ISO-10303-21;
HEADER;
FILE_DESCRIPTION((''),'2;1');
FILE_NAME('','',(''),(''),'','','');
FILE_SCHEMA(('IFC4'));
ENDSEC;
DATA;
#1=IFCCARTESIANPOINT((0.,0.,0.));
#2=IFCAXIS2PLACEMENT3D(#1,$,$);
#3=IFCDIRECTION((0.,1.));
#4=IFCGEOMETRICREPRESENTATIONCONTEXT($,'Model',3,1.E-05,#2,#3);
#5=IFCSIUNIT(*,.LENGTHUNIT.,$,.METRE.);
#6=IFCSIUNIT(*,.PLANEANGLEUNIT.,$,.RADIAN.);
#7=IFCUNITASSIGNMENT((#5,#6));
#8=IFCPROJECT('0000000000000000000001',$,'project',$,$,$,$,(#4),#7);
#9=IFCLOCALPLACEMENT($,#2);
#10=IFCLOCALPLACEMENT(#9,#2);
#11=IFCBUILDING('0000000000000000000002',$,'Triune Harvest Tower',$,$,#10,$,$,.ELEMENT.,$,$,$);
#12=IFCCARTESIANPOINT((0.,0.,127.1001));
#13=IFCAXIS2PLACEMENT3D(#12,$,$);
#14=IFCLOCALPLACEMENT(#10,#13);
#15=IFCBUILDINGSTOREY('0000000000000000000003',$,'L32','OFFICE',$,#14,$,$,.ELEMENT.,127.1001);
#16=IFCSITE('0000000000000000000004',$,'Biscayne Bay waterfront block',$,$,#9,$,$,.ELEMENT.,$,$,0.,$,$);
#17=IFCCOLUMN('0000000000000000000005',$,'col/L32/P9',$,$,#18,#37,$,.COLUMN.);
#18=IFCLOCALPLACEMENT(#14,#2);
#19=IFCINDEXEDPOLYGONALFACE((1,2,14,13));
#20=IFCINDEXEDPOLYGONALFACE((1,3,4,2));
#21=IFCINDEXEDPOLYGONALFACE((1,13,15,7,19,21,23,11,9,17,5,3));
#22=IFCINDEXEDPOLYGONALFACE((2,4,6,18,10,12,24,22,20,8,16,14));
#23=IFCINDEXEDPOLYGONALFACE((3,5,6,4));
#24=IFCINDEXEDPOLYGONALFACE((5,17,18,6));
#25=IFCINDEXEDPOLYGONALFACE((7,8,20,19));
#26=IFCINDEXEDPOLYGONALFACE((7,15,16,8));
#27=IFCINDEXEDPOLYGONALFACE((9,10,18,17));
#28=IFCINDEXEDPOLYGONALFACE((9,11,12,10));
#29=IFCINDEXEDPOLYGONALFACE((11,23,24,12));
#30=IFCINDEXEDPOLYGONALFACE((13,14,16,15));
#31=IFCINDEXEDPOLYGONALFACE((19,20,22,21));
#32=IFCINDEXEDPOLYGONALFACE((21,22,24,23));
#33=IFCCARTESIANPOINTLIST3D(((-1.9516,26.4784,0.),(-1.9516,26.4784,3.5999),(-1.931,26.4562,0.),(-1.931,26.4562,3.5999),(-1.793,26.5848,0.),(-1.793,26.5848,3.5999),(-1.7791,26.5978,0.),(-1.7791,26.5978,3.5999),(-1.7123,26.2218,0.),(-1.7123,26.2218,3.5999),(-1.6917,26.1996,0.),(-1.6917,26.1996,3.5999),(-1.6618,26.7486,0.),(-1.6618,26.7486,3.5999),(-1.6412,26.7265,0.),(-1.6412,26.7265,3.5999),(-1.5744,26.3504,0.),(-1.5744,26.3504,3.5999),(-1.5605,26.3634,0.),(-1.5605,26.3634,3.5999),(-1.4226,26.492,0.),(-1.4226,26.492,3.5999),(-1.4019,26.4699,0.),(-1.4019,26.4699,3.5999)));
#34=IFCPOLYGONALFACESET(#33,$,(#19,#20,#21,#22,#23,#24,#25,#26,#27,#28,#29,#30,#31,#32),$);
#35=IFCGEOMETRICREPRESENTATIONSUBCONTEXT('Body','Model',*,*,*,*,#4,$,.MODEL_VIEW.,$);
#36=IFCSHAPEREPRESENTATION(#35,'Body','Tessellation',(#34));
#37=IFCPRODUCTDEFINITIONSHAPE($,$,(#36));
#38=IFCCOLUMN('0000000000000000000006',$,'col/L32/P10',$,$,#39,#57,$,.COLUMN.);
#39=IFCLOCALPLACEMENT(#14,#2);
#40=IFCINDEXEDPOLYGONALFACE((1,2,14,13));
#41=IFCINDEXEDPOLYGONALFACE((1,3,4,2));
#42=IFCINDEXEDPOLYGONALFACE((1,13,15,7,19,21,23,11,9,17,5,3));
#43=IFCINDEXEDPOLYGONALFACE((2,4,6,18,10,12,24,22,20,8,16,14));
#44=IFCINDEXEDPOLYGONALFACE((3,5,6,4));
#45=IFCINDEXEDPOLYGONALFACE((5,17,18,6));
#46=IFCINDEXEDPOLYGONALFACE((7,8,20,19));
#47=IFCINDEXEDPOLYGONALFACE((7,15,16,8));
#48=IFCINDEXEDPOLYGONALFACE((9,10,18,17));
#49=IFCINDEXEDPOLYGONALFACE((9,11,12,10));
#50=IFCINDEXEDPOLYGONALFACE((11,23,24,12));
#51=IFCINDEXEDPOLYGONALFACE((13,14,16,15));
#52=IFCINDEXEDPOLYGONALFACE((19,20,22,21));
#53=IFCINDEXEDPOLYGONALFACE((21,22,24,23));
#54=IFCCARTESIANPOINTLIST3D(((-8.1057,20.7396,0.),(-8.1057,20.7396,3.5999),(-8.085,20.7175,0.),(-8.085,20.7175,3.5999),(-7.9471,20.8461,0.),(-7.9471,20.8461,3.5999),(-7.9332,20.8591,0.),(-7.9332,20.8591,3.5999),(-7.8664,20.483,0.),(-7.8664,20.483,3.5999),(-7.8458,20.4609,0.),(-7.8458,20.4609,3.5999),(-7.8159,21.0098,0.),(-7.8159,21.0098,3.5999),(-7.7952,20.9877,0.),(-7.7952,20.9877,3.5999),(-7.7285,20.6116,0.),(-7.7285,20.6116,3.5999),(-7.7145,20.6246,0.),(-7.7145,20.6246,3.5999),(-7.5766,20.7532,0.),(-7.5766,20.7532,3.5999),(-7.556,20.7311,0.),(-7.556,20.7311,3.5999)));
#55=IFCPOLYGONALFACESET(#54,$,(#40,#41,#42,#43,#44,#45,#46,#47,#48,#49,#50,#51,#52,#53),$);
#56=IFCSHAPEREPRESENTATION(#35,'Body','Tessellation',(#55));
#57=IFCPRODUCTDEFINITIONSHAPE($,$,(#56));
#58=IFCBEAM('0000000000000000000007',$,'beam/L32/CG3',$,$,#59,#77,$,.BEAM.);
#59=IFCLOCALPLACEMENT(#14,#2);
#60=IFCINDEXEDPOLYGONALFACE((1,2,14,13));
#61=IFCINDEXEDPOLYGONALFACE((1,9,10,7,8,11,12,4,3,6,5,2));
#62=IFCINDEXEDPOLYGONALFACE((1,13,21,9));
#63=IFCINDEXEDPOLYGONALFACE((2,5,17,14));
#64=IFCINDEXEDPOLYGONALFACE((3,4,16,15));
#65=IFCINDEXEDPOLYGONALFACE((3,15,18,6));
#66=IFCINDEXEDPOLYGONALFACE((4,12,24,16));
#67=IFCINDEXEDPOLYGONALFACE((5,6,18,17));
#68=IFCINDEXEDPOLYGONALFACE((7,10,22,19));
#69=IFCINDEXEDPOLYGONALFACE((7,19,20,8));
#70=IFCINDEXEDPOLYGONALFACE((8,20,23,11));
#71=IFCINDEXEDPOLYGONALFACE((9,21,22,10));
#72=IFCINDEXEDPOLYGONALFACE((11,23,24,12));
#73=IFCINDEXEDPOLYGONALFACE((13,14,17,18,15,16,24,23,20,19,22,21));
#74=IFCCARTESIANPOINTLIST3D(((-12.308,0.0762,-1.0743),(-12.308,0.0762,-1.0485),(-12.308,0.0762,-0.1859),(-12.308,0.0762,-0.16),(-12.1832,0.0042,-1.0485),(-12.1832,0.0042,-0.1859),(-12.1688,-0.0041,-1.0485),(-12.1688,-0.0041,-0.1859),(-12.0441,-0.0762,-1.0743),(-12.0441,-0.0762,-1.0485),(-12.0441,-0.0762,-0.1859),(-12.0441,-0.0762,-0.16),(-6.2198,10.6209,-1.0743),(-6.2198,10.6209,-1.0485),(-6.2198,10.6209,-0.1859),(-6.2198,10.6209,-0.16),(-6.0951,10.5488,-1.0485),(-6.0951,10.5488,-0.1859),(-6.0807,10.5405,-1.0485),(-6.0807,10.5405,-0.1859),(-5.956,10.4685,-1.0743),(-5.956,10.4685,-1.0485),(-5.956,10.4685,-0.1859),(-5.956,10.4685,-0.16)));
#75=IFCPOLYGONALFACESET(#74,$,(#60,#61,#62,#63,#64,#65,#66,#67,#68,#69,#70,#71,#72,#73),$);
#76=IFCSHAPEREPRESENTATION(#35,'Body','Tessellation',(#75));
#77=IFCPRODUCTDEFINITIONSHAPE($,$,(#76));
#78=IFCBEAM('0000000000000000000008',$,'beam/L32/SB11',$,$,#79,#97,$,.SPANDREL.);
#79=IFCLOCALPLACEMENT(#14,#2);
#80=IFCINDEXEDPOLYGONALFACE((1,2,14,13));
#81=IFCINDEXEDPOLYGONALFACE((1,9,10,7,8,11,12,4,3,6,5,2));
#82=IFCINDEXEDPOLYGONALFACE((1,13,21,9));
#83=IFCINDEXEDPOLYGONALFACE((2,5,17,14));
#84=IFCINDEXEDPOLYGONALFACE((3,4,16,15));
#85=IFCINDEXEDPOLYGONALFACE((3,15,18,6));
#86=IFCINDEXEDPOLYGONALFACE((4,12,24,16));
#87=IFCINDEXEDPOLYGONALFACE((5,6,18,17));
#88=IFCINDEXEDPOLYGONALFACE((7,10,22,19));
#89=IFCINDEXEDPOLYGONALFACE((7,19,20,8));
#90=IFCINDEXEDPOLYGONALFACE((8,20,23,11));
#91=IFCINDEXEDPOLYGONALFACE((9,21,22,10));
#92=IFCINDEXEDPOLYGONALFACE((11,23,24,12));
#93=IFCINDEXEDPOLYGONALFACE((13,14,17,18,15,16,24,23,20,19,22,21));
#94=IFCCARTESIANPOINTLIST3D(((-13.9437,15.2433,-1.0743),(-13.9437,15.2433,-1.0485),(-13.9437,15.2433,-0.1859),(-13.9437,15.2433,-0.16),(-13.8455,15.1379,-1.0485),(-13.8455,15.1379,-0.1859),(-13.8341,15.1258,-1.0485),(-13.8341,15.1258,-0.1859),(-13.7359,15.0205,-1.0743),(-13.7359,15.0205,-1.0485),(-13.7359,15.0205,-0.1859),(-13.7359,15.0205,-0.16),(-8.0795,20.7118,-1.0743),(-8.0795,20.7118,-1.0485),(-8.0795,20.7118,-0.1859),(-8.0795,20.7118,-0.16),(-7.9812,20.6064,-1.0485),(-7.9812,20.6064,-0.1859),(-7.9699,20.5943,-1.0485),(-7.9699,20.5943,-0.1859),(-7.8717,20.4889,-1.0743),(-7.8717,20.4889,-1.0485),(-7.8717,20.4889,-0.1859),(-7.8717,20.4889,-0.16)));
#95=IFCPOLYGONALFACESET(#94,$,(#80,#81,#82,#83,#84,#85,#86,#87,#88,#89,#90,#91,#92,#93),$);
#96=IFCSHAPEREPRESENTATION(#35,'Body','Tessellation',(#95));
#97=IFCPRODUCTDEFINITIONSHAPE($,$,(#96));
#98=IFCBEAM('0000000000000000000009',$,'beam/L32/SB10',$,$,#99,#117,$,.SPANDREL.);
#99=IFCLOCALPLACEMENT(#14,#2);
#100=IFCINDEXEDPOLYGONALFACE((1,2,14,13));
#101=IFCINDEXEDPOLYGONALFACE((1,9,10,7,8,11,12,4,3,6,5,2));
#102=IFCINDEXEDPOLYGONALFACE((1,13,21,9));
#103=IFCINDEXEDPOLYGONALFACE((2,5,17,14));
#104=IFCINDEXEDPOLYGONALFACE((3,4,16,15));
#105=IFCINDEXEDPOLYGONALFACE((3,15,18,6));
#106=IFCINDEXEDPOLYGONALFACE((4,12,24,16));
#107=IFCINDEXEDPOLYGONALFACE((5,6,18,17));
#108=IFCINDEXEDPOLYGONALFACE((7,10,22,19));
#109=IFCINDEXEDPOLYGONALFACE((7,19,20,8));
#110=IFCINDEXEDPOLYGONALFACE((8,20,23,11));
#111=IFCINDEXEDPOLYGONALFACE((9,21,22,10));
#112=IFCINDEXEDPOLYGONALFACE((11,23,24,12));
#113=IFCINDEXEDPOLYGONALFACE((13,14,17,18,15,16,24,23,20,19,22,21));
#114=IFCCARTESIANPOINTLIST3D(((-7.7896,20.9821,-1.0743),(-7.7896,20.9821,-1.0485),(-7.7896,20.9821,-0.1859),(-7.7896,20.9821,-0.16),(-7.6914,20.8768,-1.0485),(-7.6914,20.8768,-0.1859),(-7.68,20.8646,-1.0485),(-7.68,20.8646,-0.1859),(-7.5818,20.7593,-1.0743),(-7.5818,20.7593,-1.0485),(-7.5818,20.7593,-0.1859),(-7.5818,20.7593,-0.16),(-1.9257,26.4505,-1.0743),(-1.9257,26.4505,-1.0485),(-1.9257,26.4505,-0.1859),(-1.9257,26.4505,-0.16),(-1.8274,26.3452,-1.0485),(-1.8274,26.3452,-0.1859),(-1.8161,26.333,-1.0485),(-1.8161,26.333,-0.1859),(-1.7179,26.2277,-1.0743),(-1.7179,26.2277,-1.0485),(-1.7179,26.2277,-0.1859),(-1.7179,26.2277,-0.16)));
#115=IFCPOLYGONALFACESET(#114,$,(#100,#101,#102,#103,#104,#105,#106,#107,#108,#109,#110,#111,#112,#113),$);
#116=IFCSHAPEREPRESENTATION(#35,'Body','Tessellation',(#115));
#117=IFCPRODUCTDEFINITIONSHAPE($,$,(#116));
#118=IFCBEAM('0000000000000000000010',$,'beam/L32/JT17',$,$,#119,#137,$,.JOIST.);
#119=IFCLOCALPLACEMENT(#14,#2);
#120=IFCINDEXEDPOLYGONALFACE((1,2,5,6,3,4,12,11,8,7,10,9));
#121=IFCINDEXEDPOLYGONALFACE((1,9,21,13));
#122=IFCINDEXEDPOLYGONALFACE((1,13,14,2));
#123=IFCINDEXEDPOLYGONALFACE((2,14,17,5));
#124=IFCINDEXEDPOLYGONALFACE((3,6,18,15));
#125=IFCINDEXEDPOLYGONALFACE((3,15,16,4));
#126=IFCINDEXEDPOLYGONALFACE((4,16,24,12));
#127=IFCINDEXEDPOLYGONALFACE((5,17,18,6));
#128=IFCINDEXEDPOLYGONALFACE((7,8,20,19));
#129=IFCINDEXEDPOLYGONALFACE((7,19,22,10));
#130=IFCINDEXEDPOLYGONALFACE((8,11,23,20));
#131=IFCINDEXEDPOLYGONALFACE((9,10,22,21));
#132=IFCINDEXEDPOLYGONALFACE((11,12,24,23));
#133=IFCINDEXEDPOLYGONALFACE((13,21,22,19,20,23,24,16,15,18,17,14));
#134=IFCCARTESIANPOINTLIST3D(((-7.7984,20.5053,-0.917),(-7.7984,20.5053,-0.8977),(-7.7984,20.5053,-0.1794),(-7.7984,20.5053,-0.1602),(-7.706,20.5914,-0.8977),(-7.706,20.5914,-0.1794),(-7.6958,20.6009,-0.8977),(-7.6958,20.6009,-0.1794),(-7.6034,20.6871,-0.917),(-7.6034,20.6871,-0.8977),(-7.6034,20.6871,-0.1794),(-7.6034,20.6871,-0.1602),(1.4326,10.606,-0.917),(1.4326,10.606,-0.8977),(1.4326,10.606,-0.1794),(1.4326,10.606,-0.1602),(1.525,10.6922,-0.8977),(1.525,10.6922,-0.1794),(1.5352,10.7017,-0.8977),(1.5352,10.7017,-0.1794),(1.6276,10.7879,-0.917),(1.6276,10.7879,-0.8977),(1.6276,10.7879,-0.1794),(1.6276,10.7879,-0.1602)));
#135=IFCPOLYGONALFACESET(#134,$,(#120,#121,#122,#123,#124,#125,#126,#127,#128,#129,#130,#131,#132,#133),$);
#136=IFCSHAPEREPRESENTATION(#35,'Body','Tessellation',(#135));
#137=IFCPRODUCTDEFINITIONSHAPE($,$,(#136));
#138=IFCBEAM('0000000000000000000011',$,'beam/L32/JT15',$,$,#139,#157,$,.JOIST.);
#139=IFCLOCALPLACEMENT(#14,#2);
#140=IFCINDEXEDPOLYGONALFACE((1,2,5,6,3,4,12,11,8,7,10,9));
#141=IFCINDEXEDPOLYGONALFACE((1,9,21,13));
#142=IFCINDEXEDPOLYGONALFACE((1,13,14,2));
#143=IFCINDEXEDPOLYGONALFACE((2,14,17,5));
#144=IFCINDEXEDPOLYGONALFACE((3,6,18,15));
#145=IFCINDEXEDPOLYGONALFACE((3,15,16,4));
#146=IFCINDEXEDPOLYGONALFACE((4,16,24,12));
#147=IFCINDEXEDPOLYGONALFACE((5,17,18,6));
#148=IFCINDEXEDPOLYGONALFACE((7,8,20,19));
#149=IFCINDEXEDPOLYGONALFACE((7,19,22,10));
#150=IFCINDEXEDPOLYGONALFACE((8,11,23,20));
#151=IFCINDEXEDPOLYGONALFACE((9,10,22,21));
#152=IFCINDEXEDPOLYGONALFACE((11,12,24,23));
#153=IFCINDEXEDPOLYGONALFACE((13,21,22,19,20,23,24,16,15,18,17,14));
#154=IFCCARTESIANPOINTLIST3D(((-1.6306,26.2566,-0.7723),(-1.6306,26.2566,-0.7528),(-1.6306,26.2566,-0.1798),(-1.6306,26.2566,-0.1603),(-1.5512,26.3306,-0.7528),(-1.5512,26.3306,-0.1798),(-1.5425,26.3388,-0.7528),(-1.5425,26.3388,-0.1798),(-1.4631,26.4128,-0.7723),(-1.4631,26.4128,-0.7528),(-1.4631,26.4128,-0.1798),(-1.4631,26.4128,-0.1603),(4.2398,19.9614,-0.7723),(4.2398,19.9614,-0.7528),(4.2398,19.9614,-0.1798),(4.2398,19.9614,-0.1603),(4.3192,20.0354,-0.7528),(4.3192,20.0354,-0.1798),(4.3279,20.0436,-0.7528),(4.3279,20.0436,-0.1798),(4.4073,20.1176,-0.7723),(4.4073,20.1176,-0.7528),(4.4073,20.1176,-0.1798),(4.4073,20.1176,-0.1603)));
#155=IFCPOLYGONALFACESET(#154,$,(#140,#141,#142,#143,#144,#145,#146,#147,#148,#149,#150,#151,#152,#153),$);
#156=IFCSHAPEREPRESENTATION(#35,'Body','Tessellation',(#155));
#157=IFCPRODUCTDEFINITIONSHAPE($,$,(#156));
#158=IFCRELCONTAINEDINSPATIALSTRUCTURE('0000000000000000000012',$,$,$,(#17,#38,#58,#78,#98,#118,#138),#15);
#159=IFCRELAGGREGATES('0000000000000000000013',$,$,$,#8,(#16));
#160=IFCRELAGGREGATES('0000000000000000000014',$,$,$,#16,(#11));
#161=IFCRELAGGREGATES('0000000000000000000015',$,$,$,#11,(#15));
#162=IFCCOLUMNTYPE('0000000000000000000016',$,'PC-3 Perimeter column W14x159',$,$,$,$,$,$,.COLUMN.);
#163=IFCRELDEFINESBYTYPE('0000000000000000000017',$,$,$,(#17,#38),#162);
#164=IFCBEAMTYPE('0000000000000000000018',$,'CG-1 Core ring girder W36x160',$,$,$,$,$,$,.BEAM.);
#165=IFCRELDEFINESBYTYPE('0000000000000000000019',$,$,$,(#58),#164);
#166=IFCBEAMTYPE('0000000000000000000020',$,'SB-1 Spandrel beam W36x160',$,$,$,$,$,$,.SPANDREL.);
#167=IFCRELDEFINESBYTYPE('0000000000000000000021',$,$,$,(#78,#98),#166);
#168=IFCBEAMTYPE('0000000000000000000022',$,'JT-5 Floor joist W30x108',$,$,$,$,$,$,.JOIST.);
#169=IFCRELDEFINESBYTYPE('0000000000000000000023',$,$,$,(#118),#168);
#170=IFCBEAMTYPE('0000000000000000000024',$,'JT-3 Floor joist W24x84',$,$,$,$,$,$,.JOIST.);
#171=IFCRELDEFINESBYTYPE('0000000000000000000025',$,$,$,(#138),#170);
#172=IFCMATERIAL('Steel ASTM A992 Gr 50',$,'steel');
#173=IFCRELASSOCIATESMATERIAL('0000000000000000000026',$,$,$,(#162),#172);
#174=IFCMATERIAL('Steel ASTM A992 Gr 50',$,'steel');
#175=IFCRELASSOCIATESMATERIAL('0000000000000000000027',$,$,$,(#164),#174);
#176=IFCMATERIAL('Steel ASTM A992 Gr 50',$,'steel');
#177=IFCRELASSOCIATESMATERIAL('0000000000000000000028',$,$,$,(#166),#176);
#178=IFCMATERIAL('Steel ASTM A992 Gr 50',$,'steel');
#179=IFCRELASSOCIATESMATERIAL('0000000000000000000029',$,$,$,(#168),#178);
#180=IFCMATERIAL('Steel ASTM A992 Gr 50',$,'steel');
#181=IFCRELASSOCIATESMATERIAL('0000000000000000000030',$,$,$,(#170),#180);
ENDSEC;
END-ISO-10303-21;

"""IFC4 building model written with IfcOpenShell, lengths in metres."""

from ifc_helpers import new_model, si_unit, direction, frame, origin, origin_2d, place, context, subcontext, project, spatial, i_section, extrude, source, transform, mapped, material, material_profile, profile_set, type_object, element, save


model = new_model("IFC4")

# Units and contexts
model_context = context("Model", 3, precision=1e-05, world=origin(), true_north=direction((0.0, 1.0)))
body_context = subcontext(model_context, "Body", "Model", "MODEL_VIEW")
ifc_project = project(units=[si_unit("LENGTHUNIT", "METRE"), si_unit("PLANEANGLEUNIT", "RADIAN")], contexts=[model_context])

# Site, building, storey
site_placement = place(None, origin())
site = spatial("IfcSite", under=ifc_project, at=site_placement, Name="Biscayne Bay waterfront block", CompositionType="ELEMENT", RefElevation=0.0)
building_placement = place(site_placement, origin())
building = spatial("IfcBuilding", under=site, at=building_placement, Name="Triune Harvest Tower", CompositionType="ELEMENT")
storey_placement = place(building_placement, frame((0.0, 0.0, 127.1001)))
storey = spatial("IfcBuildingStorey", under=building, at=storey_placement, Name="L32", Description="OFFICE", CompositionType="ELEMENT", Elevation=127.1001)

# Columns
ifc_material_1 = material(Name="Steel ASTM A992 Gr 50", Category="steel")
ifc_material_profile_1 = material_profile(ifc_material_1, i_section(OverallWidth=0.3962, OverallDepth=0.3811, WebThickness=0.019, FlangeThickness=0.0303, at=origin_2d()), Name="W14x159")
ifc_profile_set_1 = profile_set([ifc_material_profile_1], Name="Steel ASTM A992 Gr 50")
column_type = type_object("IfcColumnType", Name="PC-3 Perimeter column W14x159", PredefinedType="COLUMN", material=ifc_profile_set_1)
shared_shape_1 = source(origin(), body_context, "Body", "SweptSolid", [
    extrude(i_section(OverallWidth=0.3962, OverallDepth=0.3811, WebThickness=0.019, FlangeThickness=0.0303, at=origin_2d()), origin(), (0.0, 0.0, 1.0), 3.5999),
])
for number, where, z_axis, x_axis, name in (
    (1, (-1.6768, 26.4741, 0.0), (0.0, 0.0, 1.0), (-0.731355, -0.681997, 0.0), "col/L32/P9"),
    (2, (-7.8308, 20.7354, 0.0), (0.0, 0.0, 1.0), (-0.731355, -0.681997, 0.0), "col/L32/P10"),
):
    element("IfcColumn", number, at=place(storey_placement, frame(where, z_axis=z_axis, x_axis=x_axis)), inside=storey, type_object=column_type, Name=name, PredefinedType="COLUMN", context=body_context, shape_type="MappedRepresentation", body=[
        mapped(shared_shape_1, transform((0.0, 0.0, 0.0), scale=1.0)),
    ])

# Beams
ifc_material_2 = material(Name="Steel ASTM A992 Gr 50", Category="steel")
ifc_material_profile_2 = material_profile(ifc_material_2, i_section(OverallWidth=0.3047, OverallDepth=0.9143, WebThickness=0.0166, FlangeThickness=0.0259, at=origin_2d()), Name="W36x160")
ifc_profile_set_2 = profile_set([ifc_material_profile_2], Name="Steel ASTM A992 Gr 50")
beam_type_1 = type_object("IfcBeamType", Name="CG-1 Core ring girder W36x160", PredefinedType="BEAM", material=ifc_profile_set_2)
shared_shape_2 = source(origin(), body_context, "Body", "SweptSolid", [
    extrude(i_section(OverallWidth=0.3047, OverallDepth=0.9143, WebThickness=0.0166, FlangeThickness=0.0259, at=origin_2d()), origin(), (0.0, 0.0, 1.0), 12.176),
])
beam_1_placement = place(storey_placement, frame((-6.0879, 10.5447, -0.6172), z_axis=(-0.50001, -0.86602, 0.0), x_axis=(0.86602, -0.50001, 0.0)))
element("IfcBeam", 3, at=beam_1_placement, inside=storey, type_object=beam_type_1, Name="beam/L32/CG3", PredefinedType="BEAM", context=body_context, shape_type="MappedRepresentation", body=[
    mapped(shared_shape_2, transform((0.0, 0.0, 0.0), scale=1.0)),
])
ifc_material_3 = material(Name="Steel ASTM A992 Gr 50", Category="steel")
ifc_material_profile_3 = material_profile(ifc_material_3, i_section(OverallWidth=0.3047, OverallDepth=0.9143, WebThickness=0.0166, FlangeThickness=0.0259, at=origin_2d()), Name="W36x160")
ifc_profile_set_3 = profile_set([ifc_material_profile_3], Name="Steel ASTM A992 Gr 50")
beam_type_2 = type_object("IfcBeamType", Name="SB-1 Spandrel beam W36x160", PredefinedType="SPANDREL", material=ifc_profile_set_3)
shared_shape_3 = source(origin(), body_context, "Body", "SweptSolid", [
    extrude(i_section(OverallWidth=0.3047, OverallDepth=0.9143, WebThickness=0.0166, FlangeThickness=0.0259, at=origin_2d()), origin(), (0.0, 0.0, 1.0), 8.0183),
])
beam_2_placement = place(storey_placement, frame((-7.9756, 20.6003, -0.6172), z_axis=(-0.731354, -0.681998, 0.0), x_axis=(0.681998, -0.731354, 0.0)))
element("IfcBeam", 4, at=beam_2_placement, inside=storey, type_object=beam_type_2, Name="beam/L32/SB11", PredefinedType="SPANDREL", context=body_context, shape_type="MappedRepresentation", body=[
    mapped(shared_shape_3, transform((0.0, 0.0, 0.0), scale=1.0)),
])
shared_shape_4 = source(origin(), body_context, "Body", "SweptSolid", [
    extrude(i_section(OverallWidth=0.3047, OverallDepth=0.9143, WebThickness=0.0166, FlangeThickness=0.0259, at=origin_2d()), origin(), (0.0, 0.0, 1.0), 8.0181),
])
beam_3_placement = place(storey_placement, frame((-1.8218, 26.3391, -0.6172), z_axis=(-0.73134, -0.682013, 0.0), x_axis=(0.682013, -0.73134, 0.0)))
element("IfcBeam", 5, at=beam_3_placement, inside=storey, type_object=beam_type_2, Name="beam/L32/SB10", PredefinedType="SPANDREL", context=body_context, shape_type="MappedRepresentation", body=[
    mapped(shared_shape_4, transform((0.0, 0.0, 0.0), scale=1.0)),
])
ifc_material_4 = material(Name="Steel ASTM A992 Gr 50", Category="steel")
ifc_material_profile_4 = material_profile(ifc_material_4, i_section(OverallWidth=0.2666, OverallDepth=0.7568, WebThickness=0.0139, FlangeThickness=0.0193, at=origin_2d()), Name="W30x108")
ifc_profile_set_4 = profile_set([ifc_material_profile_4], Name="Steel ASTM A992 Gr 50")
beam_type_3 = type_object("IfcBeamType", Name="JT-5 Floor joist W30x108", PredefinedType="JOIST", material=ifc_profile_set_4)
shared_shape_5 = source(origin(), body_context, "Body", "SweptSolid", [
    extrude(i_section(OverallWidth=0.2666, OverallDepth=0.7568, WebThickness=0.0139, FlangeThickness=0.0193, at=origin_2d()), origin(), (0.0, 0.0, 1.0), 13.5354),
])
beam_4_placement = place(storey_placement, frame((-7.7009, 20.5962, -0.5386), z_axis=(0.681992, -0.73136, 0.0), x_axis=(0.73136, 0.681992, 0.0)))
element("IfcBeam", 6, at=beam_4_placement, inside=storey, type_object=beam_type_3, Name="beam/L32/JT17", PredefinedType="JOIST", context=body_context, shape_type="MappedRepresentation", body=[
    mapped(shared_shape_5, transform((0.0, 0.0, 0.0), scale=1.0)),
])
ifc_material_5 = material(Name="Steel ASTM A992 Gr 50", Category="steel")
ifc_material_profile_5 = material_profile(ifc_material_5, i_section(OverallWidth=0.229, OverallDepth=0.6121, WebThickness=0.012, FlangeThickness=0.0195, at=origin_2d()), Name="W24x84")
ifc_profile_set_5 = profile_set([ifc_material_profile_5], Name="Steel ASTM A992 Gr 50")
beam_type_4 = type_object("IfcBeamType", Name="JT-3 Floor joist W24x84", PredefinedType="JOIST", material=ifc_profile_set_5)
shared_shape_6 = source(origin(), body_context, "Body", "SweptSolid", [
    extrude(i_section(OverallWidth=0.229, OverallDepth=0.6121, WebThickness=0.012, FlangeThickness=0.0195, at=origin_2d()), origin(), (0.0, 0.0, 1.0), 8.6077),
])
beam_5_placement = place(storey_placement, frame((-1.5469, 26.3347, -0.4663), z_axis=(0.682, -0.731352, 0.0), x_axis=(0.731352, 0.682, 0.0)))
element("IfcBeam", 7, at=beam_5_placement, inside=storey, type_object=beam_type_4, Name="beam/L32/JT15", PredefinedType="JOIST", context=body_context, shape_type="MappedRepresentation", body=[
    mapped(shared_shape_6, transform((0.0, 0.0, 0.0), scale=1.0)),
])

save(model, "model.ifc")
